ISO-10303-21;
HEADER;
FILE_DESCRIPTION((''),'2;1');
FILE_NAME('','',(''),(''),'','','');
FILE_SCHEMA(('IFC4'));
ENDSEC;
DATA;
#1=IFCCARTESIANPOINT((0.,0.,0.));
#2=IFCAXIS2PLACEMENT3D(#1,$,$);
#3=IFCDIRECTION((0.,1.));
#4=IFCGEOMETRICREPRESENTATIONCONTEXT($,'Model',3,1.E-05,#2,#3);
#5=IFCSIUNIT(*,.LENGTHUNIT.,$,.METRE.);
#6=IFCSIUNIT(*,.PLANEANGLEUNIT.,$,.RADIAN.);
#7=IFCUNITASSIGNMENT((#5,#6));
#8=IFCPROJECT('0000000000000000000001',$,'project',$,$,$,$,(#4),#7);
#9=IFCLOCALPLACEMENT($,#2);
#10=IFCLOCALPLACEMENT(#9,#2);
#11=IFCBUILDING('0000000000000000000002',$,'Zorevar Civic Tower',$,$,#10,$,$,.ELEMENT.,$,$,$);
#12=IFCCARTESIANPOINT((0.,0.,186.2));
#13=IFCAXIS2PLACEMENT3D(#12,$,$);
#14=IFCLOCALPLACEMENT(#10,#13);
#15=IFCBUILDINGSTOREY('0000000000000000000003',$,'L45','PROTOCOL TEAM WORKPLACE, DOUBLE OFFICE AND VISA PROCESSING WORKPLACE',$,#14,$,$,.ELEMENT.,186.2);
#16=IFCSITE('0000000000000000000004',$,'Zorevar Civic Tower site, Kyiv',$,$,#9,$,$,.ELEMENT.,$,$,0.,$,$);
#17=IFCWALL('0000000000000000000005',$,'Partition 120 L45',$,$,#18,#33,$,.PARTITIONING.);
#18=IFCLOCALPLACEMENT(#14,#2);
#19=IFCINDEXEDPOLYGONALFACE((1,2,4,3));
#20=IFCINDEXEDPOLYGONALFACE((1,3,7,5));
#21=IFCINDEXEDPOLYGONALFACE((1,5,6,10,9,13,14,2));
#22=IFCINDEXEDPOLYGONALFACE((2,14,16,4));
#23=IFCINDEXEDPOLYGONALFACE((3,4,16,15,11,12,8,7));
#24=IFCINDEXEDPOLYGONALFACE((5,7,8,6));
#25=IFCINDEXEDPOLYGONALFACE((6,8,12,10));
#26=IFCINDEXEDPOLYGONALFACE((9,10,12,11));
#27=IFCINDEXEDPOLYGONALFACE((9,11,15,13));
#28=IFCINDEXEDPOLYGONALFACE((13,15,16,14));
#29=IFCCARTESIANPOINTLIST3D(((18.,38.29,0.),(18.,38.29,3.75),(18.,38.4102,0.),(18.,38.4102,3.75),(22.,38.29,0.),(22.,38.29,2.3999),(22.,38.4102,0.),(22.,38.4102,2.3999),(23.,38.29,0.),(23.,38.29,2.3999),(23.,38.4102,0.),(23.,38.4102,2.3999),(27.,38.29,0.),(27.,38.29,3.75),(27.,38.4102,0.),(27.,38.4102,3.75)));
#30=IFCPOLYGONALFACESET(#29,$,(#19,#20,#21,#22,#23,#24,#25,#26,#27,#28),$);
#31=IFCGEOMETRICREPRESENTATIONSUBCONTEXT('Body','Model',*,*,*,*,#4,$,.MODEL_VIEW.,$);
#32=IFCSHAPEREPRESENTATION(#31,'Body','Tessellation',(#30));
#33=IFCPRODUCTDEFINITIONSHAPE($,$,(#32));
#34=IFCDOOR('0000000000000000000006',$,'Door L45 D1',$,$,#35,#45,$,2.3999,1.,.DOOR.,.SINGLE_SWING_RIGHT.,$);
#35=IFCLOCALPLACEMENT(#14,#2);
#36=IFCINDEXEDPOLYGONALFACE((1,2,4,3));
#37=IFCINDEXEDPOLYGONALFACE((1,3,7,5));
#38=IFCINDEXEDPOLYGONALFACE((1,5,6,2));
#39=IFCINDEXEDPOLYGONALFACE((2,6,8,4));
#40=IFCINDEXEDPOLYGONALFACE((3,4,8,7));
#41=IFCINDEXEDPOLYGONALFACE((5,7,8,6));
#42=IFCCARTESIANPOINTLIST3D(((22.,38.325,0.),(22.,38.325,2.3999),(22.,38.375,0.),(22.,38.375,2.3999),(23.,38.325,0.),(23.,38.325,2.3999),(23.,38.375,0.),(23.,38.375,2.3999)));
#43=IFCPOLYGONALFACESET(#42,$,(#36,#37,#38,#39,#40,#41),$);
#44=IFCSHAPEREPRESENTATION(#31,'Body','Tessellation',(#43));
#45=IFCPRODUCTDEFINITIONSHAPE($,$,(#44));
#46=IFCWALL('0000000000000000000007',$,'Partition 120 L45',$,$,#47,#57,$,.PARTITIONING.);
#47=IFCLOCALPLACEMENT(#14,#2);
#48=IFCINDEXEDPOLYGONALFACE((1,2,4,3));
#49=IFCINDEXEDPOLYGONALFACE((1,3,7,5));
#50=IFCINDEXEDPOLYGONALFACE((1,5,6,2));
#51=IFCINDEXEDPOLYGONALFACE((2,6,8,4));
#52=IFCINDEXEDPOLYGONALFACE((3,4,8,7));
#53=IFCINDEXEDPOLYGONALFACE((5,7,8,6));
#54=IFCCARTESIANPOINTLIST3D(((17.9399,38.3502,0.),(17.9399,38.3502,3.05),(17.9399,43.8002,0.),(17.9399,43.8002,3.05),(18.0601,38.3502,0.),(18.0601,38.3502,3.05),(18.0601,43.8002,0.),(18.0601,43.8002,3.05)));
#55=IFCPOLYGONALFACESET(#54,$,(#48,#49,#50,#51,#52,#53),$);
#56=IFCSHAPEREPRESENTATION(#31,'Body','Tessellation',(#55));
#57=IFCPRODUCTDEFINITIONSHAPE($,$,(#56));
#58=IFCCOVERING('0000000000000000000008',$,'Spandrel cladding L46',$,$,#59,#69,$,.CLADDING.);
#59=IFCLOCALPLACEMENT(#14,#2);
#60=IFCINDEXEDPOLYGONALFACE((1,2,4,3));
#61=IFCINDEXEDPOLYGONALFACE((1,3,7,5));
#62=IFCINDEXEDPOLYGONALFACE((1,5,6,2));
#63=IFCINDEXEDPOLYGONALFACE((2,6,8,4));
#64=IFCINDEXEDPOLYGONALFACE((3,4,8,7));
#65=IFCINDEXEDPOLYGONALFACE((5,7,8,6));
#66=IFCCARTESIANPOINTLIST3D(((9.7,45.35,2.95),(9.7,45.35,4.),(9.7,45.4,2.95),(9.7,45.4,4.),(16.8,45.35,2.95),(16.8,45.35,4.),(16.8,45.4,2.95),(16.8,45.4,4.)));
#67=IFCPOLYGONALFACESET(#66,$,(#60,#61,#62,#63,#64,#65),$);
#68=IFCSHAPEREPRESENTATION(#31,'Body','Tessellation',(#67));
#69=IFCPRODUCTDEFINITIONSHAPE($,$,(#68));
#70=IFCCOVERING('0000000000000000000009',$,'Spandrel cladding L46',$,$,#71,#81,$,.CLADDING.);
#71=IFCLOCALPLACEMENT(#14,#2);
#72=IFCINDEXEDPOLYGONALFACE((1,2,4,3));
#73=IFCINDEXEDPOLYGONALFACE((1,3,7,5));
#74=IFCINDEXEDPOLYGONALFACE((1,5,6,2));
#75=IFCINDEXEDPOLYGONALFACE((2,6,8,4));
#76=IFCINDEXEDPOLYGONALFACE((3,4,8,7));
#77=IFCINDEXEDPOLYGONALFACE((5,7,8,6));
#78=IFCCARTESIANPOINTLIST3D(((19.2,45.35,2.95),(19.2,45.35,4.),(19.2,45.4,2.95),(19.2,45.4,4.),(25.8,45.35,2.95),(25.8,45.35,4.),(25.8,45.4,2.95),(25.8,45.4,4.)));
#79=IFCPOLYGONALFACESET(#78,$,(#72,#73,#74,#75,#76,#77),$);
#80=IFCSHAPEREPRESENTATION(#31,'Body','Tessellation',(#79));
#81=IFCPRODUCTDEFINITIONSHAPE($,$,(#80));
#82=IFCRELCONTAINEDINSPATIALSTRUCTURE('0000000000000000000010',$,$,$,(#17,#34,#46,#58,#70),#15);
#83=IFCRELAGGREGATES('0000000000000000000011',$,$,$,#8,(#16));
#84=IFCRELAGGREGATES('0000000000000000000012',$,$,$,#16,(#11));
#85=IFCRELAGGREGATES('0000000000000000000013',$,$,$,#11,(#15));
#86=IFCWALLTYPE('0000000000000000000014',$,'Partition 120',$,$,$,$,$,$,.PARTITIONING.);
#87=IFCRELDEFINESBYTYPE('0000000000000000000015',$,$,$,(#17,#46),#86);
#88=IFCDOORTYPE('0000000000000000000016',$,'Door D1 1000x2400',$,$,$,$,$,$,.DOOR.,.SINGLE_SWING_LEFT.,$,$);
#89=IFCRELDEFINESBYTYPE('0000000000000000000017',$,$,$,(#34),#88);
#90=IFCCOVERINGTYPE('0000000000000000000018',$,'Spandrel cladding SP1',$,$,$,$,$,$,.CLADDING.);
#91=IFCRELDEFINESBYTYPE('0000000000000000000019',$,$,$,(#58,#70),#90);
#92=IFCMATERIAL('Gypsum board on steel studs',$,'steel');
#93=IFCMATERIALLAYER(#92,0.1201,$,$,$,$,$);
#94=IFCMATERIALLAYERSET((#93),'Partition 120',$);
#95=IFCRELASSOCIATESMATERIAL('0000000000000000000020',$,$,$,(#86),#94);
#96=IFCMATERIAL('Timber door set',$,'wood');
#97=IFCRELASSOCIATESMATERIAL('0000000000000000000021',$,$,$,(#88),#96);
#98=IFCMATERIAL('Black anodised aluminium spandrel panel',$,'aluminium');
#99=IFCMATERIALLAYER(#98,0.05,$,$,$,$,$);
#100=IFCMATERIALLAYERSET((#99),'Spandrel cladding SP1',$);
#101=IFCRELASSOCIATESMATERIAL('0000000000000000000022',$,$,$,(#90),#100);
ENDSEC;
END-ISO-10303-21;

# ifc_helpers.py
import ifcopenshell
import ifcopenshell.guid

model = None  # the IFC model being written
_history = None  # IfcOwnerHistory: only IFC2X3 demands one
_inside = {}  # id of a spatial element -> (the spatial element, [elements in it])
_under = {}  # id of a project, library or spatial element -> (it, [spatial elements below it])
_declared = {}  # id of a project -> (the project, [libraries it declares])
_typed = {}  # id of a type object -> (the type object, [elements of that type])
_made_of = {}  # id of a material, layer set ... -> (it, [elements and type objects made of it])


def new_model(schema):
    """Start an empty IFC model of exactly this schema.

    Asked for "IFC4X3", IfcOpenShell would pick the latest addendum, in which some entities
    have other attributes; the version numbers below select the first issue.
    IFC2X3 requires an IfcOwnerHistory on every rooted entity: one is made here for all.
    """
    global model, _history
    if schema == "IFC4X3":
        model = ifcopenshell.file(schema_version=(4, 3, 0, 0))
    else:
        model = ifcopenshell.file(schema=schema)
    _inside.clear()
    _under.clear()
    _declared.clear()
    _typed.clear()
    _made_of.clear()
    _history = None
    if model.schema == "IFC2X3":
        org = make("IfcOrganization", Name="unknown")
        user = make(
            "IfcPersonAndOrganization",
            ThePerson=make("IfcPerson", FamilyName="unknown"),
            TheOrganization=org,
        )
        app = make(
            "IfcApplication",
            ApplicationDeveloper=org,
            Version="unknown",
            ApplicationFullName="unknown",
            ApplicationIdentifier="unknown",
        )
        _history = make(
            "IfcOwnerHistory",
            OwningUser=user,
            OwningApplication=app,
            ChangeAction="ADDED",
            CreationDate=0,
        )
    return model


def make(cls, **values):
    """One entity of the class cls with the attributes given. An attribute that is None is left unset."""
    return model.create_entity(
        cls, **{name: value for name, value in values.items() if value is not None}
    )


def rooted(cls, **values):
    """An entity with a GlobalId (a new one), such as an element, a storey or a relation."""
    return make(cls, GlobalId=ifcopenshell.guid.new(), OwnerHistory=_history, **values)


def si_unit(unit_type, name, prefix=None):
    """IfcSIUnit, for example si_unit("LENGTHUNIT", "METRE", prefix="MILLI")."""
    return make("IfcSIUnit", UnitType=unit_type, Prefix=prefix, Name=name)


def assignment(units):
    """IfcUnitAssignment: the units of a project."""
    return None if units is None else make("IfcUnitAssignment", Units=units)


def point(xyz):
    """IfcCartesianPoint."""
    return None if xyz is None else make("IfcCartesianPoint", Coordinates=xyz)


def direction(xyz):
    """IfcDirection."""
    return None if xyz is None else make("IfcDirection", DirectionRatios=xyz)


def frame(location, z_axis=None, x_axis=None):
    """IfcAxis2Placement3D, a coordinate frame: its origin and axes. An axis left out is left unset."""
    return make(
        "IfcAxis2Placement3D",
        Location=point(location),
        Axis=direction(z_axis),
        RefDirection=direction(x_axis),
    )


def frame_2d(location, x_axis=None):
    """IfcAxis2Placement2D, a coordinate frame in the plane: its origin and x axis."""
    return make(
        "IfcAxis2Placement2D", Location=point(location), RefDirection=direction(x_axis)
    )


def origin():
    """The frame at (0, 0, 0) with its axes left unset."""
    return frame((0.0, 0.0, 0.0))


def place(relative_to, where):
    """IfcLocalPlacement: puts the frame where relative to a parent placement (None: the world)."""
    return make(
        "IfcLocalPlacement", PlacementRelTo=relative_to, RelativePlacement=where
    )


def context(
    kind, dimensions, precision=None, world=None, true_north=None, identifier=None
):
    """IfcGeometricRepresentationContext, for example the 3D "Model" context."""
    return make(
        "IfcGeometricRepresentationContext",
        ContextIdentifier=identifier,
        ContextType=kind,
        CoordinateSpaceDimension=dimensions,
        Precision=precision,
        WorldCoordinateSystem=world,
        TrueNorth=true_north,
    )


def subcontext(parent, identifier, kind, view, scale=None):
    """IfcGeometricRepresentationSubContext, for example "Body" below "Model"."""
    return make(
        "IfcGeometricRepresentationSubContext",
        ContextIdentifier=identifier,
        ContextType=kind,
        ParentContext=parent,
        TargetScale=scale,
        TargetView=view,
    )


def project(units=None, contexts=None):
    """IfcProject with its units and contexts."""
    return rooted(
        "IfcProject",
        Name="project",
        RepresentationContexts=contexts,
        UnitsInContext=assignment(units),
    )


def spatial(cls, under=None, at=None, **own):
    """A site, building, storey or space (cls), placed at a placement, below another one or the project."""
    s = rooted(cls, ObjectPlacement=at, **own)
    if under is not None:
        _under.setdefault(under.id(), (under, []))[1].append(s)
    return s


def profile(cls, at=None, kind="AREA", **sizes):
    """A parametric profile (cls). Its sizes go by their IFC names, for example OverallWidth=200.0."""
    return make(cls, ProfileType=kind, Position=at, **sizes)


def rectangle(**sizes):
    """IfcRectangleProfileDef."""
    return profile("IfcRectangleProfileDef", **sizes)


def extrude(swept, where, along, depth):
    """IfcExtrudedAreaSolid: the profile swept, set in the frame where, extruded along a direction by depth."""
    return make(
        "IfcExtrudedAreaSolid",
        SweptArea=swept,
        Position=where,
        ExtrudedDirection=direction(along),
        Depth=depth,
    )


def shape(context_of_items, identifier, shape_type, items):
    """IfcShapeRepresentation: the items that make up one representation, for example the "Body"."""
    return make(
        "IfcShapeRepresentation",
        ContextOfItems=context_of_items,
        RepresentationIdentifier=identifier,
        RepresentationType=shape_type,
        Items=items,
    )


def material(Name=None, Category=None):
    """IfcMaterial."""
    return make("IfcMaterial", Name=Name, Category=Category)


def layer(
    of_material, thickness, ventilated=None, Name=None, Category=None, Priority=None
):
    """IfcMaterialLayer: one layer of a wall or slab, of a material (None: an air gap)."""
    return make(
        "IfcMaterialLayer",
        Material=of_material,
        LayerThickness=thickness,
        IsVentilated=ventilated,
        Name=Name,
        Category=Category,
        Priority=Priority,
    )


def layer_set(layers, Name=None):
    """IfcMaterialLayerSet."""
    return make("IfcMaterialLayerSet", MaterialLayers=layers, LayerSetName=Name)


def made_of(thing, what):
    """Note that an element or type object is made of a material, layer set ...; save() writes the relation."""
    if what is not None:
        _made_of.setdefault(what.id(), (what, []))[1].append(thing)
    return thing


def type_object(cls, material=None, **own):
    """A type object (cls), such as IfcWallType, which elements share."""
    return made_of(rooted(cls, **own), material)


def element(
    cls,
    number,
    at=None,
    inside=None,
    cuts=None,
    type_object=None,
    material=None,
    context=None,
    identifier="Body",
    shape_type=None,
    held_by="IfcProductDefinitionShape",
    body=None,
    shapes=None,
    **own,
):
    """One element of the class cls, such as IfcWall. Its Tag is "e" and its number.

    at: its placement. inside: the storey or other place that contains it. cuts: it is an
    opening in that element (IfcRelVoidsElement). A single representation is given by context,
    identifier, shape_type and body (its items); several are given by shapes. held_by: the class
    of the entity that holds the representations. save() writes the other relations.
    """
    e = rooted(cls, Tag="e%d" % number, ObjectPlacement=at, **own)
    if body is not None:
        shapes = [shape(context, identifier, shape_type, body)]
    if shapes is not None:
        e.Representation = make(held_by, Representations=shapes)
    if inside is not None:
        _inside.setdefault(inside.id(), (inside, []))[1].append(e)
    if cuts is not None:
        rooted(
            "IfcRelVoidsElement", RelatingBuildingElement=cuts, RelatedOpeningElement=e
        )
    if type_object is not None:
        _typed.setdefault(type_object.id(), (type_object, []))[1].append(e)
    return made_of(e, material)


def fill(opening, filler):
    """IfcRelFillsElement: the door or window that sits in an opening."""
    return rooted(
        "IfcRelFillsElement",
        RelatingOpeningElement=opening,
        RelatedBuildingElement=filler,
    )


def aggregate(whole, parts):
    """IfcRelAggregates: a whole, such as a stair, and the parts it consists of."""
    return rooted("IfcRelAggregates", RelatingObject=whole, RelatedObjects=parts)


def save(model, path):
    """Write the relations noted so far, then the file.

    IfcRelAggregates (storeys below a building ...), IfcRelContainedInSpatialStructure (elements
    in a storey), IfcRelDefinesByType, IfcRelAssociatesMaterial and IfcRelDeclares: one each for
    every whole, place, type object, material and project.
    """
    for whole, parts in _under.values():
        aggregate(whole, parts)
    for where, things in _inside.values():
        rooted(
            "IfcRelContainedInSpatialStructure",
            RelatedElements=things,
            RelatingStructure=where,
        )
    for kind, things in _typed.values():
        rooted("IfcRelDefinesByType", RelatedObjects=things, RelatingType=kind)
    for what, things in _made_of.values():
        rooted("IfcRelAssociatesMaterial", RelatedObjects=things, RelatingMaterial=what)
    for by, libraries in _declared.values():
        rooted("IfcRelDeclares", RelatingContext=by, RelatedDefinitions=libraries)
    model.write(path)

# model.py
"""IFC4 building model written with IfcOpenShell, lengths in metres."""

from ifc_helpers import new_model, si_unit, direction, frame, frame_2d, origin, place, context, subcontext, project, spatial, rectangle, extrude, material, layer, layer_set, type_object, element, fill, save


model = new_model("IFC4")

# Units and contexts
model_context = context("Model", 3, precision=1e-05, world=origin(), true_north=direction((0.0, 1.0)))
body_context = subcontext(model_context, "Body", "Model", "MODEL_VIEW")
ifc_project = project(units=[si_unit("LENGTHUNIT", "METRE"), si_unit("PLANEANGLEUNIT", "RADIAN")], contexts=[model_context])

# Site, building, storey
site_placement = place(None, origin())
site = spatial("IfcSite", under=ifc_project, at=site_placement, Name="Zorevar Civic Tower site, Kyiv", CompositionType="ELEMENT", RefElevation=0.0)
building_placement = place(site_placement, origin())
building = spatial("IfcBuilding", under=site, at=building_placement, Name="Zorevar Civic Tower", CompositionType="ELEMENT")
storey_placement = place(building_placement, frame((0.0, 0.0, 186.2)))
storey = spatial("IfcBuildingStorey", under=building, at=storey_placement, Name="L45", Description="PROTOCOL TEAM WORKPLACE, DOUBLE OFFICE AND VISA PROCESSING WORKPLACE", CompositionType="ELEMENT", Elevation=186.2)

# Wall, opening, door
ifc_material_1 = material(Name="Gypsum board on steel studs", Category="steel")
ifc_layer_1 = layer(ifc_material_1, 0.1201)
ifc_layer_set_1 = layer_set([ifc_layer_1], Name="Partition 120")
wall_type_1 = type_object("IfcWallType", Name="Partition 120", PredefinedType="PARTITIONING", material=ifc_layer_set_1)
wall_1_placement = place(storey_placement, frame((18.0, 38.3501, 0.0), z_axis=(0.0, 0.0, 1.0), x_axis=(1.0, 0.0, 0.0)))
wall_1 = element("IfcWall", 1, at=wall_1_placement, inside=storey, type_object=wall_type_1, Name="Partition 120 L45", PredefinedType="PARTITIONING", context=body_context, shape_type="SweptSolid", body=[
    extrude(rectangle(XDim=9.0, YDim=0.1201, at=frame_2d((4.5, 0.0))), origin(), (0.0, 0.0, 1.0), 3.75),
])
opening_1_placement = place(wall_1_placement, frame((4.0, 0.0, 0.0)))
opening_1 = element("IfcOpeningElement", 2, at=opening_1_placement, cuts=wall_1, PredefinedType="OPENING", context=body_context, shape_type="SweptSolid", body=[
    extrude(rectangle(XDim=1.0, YDim=2.3999, at=frame_2d((0.5, 1.2))), frame((0.0, 0.0701, 0.0), z_axis=(0.0, -1.0, 0.0), x_axis=(1.0, 0.0, 0.0)), (0.0, 0.0, 1.0), 0.1401),
])
ifc_material_2 = material(Name="Timber door set", Category="wood")
door_type_1 = type_object("IfcDoorType", Name="Door D1 1000x2400", OperationType="SINGLE_SWING_LEFT", PredefinedType="DOOR", material=ifc_material_2)
door_1_placement = place(opening_1_placement, origin())
door_1 = element("IfcDoor", 3, at=door_1_placement, inside=storey, type_object=door_type_1, Name="Door L45 D1", OperationType="SINGLE_SWING_RIGHT", OverallHeight=2.3999, OverallWidth=1.0, PredefinedType="DOOR", context=body_context, shape_type="SweptSolid", body=[
    extrude(rectangle(XDim=1.0, YDim=2.3999, at=frame_2d((0.5, 1.2))), frame((0.0, 0.0249, 0.0), z_axis=(0.0, -1.0, 0.0), x_axis=(1.0, 0.0, 0.0)), (0.0, 0.0, 1.0), 0.05),
])
fill(opening_1, door_1)

# Wall
wall_2_placement = place(storey_placement, frame((18.0, 38.3501, 0.0), z_axis=(0.0, 0.0, 1.0), x_axis=(0.0, 1.0, 0.0)))
element("IfcWall", 4, at=wall_2_placement, inside=storey, type_object=wall_type_1, Name="Partition 120 L45", PredefinedType="PARTITIONING", context=body_context, shape_type="SweptSolid", body=[
    extrude(rectangle(XDim=5.45, YDim=0.1201, at=frame_2d((2.7251, 0.0))), origin(), (0.0, 0.0, 1.0), 3.05),
])

# Coverings
ifc_material_3 = material(Name="Black anodised aluminium spandrel panel", Category="aluminium")
ifc_layer_2 = layer(ifc_material_3, 0.05)
ifc_layer_set_2 = layer_set([ifc_layer_2], Name="Spandrel cladding SP1")
covering_type = type_object("IfcCoveringType", Name="Spandrel cladding SP1", PredefinedType="CLADDING", material=ifc_layer_set_2)
covering_1_placement = place(storey_placement, frame((9.7, 45.375, 2.95), z_axis=(0.0, 0.0, 1.0), x_axis=(1.0, 0.0, 0.0)))
element("IfcCovering", 5, at=covering_1_placement, inside=storey, type_object=covering_type, Name="Spandrel cladding L46", PredefinedType="CLADDING", context=body_context, shape_type="SweptSolid", body=[
    extrude(rectangle(XDim=7.1001, YDim=0.05, at=frame_2d((3.55, 0.0))), origin(), (0.0, 0.0, 1.0), 1.05),
])
covering_2_placement = place(storey_placement, frame((19.2, 45.375, 2.95), z_axis=(0.0, 0.0, 1.0), x_axis=(1.0, 0.0, 0.0)))
element("IfcCovering", 6, at=covering_2_placement, inside=storey, type_object=covering_type, Name="Spandrel cladding L46", PredefinedType="CLADDING", context=body_context, shape_type="SweptSolid", body=[
    extrude(rectangle(XDim=6.6001, YDim=0.05, at=frame_2d((3.3, 0.0))), origin(), (0.0, 0.0, 1.0), 1.05),
])

save(model, "model.ifc")
